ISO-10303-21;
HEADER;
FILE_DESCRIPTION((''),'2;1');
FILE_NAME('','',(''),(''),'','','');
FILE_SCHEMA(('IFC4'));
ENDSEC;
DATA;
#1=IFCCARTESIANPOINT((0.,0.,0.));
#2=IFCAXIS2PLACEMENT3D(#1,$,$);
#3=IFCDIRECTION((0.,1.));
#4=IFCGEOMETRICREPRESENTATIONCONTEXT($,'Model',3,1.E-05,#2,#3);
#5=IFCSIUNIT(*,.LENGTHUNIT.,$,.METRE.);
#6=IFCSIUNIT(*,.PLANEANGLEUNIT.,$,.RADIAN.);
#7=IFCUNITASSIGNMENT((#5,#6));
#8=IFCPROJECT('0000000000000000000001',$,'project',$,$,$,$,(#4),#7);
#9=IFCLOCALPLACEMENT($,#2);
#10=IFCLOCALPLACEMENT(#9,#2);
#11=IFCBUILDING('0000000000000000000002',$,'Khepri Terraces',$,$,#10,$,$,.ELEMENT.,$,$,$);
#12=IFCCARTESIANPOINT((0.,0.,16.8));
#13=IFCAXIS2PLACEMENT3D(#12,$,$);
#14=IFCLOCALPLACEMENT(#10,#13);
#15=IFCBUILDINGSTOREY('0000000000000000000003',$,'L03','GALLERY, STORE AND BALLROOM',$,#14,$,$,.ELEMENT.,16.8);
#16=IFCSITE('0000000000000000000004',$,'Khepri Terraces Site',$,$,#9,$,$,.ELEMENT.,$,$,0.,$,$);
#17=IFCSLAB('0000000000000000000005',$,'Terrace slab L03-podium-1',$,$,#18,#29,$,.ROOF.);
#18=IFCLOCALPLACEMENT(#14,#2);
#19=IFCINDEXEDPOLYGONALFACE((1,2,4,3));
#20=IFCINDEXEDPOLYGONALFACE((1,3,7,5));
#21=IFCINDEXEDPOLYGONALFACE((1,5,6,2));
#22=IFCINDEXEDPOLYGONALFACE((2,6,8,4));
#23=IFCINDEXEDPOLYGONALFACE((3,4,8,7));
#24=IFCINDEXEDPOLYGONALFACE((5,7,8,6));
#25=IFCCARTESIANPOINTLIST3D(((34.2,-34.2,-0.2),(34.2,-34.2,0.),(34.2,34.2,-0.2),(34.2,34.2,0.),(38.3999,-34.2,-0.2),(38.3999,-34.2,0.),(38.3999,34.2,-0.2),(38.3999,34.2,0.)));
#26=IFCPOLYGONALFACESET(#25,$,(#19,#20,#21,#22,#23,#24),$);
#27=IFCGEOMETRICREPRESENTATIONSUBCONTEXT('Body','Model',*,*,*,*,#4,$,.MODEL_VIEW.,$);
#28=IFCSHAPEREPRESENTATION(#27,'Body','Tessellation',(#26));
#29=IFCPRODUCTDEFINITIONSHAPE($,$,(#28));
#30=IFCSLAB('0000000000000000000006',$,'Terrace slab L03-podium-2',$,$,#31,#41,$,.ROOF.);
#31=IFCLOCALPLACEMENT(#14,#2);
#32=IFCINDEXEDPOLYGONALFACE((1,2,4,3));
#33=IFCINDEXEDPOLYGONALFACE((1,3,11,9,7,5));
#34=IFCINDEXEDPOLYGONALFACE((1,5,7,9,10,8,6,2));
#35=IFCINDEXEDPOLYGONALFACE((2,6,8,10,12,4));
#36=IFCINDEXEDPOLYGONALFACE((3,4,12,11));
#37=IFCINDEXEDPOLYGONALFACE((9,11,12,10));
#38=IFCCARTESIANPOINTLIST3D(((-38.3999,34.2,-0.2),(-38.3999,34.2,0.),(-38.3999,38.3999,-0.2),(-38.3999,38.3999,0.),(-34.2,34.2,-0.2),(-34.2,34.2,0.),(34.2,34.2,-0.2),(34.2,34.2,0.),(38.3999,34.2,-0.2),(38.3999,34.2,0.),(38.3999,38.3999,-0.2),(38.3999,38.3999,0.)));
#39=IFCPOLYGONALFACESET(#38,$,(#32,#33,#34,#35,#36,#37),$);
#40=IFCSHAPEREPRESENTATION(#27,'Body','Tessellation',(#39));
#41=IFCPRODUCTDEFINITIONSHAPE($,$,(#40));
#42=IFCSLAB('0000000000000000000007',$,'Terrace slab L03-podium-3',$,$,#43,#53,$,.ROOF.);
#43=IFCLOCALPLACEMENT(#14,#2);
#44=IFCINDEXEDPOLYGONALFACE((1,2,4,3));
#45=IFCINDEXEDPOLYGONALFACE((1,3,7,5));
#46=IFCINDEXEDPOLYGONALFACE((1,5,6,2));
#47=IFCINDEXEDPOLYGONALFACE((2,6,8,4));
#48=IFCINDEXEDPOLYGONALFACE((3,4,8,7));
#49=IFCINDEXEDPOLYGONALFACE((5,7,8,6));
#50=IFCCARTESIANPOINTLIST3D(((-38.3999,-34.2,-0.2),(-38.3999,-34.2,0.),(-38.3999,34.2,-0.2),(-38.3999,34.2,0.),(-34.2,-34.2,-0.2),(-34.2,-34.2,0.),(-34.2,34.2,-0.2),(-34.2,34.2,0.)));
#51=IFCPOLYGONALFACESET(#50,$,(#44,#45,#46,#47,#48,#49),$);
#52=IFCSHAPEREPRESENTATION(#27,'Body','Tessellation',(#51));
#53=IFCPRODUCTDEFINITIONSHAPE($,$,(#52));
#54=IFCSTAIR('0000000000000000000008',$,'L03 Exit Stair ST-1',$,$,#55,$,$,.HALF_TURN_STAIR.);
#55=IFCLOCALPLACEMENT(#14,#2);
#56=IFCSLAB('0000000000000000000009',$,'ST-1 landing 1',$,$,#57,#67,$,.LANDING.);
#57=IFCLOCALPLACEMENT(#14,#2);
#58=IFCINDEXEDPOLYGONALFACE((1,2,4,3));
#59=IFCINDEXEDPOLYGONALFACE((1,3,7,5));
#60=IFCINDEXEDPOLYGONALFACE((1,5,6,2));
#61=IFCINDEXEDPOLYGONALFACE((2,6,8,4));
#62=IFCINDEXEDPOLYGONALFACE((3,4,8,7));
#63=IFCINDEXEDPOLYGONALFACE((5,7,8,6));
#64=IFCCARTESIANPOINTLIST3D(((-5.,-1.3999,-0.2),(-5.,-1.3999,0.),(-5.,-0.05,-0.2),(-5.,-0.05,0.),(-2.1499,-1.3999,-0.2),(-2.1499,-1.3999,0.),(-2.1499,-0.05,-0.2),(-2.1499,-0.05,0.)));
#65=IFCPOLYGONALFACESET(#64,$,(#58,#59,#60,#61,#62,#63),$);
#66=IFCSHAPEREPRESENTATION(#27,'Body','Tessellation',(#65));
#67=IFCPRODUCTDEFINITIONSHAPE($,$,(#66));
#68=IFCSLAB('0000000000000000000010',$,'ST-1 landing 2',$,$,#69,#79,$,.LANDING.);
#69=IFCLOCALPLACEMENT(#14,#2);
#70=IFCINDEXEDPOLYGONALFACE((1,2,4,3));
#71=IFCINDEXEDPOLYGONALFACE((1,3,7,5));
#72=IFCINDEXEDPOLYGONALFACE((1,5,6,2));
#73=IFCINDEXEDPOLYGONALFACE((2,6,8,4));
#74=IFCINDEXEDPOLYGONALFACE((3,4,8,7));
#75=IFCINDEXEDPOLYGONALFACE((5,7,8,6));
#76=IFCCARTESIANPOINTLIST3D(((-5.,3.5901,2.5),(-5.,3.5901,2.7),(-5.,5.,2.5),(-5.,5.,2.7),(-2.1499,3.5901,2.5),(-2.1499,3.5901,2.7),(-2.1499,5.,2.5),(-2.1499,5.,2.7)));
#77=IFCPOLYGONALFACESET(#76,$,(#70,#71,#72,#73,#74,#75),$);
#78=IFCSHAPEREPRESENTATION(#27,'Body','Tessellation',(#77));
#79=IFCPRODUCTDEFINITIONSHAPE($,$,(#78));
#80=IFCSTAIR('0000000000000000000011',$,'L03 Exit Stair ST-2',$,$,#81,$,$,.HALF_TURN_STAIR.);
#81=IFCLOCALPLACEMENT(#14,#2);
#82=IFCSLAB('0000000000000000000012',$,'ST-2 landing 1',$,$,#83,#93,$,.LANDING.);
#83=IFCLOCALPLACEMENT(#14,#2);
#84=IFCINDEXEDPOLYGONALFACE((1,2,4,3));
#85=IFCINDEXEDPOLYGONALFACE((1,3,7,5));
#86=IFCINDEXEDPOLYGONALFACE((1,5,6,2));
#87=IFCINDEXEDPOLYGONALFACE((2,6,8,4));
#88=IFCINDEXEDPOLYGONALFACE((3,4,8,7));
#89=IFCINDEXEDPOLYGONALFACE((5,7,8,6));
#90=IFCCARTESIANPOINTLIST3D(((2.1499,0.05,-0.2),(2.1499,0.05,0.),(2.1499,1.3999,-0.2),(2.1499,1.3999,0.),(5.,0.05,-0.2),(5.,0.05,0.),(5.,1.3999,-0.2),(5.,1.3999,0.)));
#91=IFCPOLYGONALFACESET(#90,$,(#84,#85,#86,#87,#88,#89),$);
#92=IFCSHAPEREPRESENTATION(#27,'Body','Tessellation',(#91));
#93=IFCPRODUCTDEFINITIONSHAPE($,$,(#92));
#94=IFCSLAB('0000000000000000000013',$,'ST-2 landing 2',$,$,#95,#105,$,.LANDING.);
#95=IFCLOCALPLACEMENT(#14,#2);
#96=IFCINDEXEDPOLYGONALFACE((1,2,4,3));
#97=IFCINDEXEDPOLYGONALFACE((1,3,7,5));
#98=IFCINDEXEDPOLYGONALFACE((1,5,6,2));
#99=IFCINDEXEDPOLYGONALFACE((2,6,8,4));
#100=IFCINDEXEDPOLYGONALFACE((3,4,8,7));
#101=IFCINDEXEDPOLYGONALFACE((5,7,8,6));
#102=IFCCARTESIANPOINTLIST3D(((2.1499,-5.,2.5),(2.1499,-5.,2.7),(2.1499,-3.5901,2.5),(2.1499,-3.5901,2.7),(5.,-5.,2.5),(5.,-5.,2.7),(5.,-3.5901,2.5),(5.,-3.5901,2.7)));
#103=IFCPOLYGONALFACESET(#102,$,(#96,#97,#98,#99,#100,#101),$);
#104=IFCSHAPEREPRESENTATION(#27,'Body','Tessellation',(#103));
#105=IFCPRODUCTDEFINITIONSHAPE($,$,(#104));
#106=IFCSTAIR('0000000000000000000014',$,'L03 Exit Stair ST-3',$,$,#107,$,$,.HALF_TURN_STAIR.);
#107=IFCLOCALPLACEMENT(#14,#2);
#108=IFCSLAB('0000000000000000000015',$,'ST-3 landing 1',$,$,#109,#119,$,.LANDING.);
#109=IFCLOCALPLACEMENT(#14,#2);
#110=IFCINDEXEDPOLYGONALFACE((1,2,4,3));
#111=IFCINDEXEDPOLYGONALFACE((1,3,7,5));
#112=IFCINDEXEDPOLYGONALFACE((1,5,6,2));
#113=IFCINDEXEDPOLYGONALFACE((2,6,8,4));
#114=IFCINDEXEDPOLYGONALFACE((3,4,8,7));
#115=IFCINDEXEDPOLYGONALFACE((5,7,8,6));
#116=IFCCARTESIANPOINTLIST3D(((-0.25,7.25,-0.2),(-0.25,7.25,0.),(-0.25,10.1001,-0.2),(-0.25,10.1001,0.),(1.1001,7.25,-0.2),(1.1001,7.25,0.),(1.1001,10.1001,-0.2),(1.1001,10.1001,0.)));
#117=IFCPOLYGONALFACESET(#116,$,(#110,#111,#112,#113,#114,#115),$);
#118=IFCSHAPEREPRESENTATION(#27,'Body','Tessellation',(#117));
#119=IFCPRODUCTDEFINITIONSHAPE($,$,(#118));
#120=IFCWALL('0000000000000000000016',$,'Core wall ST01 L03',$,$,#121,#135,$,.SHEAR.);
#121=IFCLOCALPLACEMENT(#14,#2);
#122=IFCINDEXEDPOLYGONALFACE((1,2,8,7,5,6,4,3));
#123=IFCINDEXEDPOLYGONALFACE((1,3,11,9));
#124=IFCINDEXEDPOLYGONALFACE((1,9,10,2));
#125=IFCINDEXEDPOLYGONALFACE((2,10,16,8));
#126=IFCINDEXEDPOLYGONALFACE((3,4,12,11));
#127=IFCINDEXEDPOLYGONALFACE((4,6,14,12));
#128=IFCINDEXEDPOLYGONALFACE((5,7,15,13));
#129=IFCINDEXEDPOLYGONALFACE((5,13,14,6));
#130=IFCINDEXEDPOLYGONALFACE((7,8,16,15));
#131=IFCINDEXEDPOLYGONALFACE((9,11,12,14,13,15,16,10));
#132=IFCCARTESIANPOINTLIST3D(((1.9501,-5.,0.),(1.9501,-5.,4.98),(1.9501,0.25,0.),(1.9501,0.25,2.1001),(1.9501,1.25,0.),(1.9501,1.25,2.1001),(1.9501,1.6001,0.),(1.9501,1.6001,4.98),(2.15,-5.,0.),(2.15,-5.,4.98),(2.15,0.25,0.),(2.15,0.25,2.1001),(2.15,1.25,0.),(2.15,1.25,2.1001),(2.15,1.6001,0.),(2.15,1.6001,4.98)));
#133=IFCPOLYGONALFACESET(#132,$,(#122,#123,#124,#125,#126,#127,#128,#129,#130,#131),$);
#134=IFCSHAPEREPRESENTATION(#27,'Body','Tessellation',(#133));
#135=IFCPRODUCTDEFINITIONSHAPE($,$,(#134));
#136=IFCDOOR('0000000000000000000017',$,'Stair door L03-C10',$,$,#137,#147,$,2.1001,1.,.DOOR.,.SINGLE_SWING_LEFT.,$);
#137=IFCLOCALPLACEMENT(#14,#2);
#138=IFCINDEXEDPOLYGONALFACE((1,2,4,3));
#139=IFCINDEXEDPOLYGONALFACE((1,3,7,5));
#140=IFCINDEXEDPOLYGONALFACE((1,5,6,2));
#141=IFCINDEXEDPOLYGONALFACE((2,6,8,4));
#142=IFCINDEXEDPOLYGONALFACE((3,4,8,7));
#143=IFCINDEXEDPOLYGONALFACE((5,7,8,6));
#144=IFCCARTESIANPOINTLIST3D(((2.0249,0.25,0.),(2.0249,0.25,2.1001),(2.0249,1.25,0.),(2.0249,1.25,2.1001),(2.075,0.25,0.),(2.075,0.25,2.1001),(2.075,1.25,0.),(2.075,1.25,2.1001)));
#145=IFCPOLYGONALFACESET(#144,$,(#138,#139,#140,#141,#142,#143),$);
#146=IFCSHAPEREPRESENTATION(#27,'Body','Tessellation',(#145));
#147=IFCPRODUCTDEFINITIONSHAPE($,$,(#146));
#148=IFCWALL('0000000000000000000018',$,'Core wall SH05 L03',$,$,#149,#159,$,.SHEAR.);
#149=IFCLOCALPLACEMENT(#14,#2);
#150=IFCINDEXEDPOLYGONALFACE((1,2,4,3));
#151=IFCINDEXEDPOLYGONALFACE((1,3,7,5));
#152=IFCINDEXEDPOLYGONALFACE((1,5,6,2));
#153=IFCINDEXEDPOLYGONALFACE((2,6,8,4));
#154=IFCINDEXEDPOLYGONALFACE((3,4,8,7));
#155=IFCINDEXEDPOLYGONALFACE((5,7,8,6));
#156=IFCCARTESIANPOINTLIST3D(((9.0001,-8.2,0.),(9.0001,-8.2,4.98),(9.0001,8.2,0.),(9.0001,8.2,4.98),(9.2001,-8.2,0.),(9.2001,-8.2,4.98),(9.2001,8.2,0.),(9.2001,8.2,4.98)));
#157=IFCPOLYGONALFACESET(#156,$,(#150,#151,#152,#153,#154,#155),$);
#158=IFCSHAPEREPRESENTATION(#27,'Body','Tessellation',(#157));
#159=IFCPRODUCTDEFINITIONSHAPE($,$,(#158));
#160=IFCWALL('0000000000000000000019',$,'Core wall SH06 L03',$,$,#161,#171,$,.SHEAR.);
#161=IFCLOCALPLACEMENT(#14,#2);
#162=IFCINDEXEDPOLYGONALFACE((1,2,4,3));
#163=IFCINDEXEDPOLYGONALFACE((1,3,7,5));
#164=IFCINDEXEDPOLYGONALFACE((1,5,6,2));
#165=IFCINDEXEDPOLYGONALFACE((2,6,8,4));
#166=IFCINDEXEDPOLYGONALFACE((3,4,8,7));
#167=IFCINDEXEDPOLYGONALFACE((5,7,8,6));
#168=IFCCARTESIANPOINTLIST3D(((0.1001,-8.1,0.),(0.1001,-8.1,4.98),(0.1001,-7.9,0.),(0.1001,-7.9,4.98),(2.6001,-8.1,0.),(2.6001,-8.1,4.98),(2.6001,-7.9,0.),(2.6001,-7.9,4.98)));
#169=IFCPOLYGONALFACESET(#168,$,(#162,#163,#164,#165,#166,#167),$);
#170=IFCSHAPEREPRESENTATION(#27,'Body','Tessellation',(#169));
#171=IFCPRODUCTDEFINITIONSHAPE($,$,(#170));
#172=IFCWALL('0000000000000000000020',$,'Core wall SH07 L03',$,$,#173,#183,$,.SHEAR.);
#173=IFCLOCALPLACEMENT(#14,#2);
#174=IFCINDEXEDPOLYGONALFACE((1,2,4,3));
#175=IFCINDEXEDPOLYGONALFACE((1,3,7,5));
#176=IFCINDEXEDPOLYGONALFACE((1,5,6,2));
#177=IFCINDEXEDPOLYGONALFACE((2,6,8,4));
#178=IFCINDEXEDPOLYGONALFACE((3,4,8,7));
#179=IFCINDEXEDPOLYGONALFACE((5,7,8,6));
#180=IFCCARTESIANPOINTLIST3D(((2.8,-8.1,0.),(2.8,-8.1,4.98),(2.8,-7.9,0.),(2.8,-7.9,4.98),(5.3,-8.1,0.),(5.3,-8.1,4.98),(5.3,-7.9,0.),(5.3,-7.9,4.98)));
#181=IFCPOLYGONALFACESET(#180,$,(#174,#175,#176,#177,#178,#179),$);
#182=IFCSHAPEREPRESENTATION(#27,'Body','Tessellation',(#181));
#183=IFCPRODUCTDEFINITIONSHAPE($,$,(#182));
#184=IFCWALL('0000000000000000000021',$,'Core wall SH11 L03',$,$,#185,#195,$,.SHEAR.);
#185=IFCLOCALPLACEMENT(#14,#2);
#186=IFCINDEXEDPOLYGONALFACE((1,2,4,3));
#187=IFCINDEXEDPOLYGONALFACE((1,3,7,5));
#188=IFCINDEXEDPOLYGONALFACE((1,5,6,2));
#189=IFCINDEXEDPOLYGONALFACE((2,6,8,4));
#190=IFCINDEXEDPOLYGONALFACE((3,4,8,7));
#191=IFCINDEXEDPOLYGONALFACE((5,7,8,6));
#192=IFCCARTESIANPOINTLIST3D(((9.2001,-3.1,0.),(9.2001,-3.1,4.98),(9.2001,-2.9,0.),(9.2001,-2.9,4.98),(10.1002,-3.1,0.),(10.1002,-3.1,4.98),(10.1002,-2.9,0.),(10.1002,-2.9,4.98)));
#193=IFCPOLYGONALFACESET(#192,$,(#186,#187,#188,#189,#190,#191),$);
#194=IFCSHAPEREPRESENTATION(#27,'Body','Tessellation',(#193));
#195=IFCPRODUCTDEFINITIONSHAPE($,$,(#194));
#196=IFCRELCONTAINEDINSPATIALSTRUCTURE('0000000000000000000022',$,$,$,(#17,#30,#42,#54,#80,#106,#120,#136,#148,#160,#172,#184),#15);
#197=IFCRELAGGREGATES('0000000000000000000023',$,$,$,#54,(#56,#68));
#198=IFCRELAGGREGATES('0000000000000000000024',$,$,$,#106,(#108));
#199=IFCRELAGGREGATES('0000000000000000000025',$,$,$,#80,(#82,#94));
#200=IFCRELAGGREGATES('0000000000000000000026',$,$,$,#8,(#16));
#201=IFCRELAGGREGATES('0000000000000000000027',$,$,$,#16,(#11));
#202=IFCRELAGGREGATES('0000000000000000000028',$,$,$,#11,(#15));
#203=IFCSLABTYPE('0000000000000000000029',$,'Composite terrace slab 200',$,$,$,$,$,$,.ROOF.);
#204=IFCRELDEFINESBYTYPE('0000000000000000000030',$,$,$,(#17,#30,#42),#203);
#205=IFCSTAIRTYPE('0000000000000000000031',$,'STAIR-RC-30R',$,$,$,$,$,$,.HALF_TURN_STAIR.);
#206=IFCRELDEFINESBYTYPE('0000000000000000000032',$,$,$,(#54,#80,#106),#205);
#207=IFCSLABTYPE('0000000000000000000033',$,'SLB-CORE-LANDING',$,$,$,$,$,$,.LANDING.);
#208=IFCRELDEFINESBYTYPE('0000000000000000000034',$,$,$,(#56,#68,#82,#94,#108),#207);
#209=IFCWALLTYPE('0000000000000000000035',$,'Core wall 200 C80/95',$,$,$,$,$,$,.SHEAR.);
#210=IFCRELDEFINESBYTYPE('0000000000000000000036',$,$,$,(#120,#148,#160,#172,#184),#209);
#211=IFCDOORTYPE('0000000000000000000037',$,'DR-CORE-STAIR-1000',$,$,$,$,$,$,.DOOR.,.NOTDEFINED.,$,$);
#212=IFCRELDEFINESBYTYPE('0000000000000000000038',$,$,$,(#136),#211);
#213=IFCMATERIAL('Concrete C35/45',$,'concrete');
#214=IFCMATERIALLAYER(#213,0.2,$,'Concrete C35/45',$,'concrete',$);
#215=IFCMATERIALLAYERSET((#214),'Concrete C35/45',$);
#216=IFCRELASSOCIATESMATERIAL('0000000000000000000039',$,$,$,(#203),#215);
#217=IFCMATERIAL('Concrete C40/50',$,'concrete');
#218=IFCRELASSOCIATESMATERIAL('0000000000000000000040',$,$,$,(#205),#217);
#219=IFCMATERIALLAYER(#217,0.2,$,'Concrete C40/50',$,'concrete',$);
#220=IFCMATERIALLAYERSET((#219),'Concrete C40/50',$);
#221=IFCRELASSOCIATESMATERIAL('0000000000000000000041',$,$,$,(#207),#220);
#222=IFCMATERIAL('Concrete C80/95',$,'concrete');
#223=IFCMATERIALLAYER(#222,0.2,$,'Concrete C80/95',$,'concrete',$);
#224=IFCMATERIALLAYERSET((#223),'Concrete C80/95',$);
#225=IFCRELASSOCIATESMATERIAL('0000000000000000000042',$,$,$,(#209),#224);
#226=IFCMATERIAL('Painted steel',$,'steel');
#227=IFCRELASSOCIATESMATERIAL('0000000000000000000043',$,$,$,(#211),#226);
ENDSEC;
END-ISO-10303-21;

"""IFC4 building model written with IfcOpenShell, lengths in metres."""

from ifc_helpers import new_model, si_unit, direction, frame, frame_2d, origin, place, context, subcontext, project, spatial, polyline, rectangle, outline, extrude, material, layer, layer_set, type_object, element, fill, aggregate, save


model = new_model("IFC4")

# Units and contexts
model_context = context("Model", 3, precision=1e-05, world=origin(), true_north=direction((0.0, 1.0)))
body_context = subcontext(model_context, "Body", "Model", "MODEL_VIEW")
ifc_project = project(units=[si_unit("LENGTHUNIT", "METRE"), si_unit("PLANEANGLEUNIT", "RADIAN")], contexts=[model_context])

# Site, building, storey
site_placement = place(None, origin())
site = spatial("IfcSite", under=ifc_project, at=site_placement, Name="Khepri Terraces Site", CompositionType="ELEMENT", RefElevation=0.0)
building_placement = place(site_placement, origin())
building = spatial("IfcBuilding", under=site, at=building_placement, Name="Khepri Terraces", CompositionType="ELEMENT")
storey_placement = place(building_placement, frame((0.0, 0.0, 16.8)))
storey = spatial("IfcBuildingStorey", under=building, at=storey_placement, Name="L03", Description="GALLERY, STORE AND BALLROOM", CompositionType="ELEMENT", Elevation=16.8)

# Slabs
ifc_material_1 = material(Name="Concrete C35/45", Category="concrete")
ifc_layer_1 = layer(ifc_material_1, 0.2, Name="Concrete C35/45", Category="concrete")
ifc_layer_set_1 = layer_set([ifc_layer_1], Name="Concrete C35/45")
slab_type_1 = type_object("IfcSlabType", Name="Composite terrace slab 200", PredefinedType="ROOF", material=ifc_layer_set_1)
slab_1_placement = place(storey_placement, frame((0.0, 0.0, -0.2)))
element("IfcSlab", 1, at=slab_1_placement, inside=storey, type_object=slab_type_1, Name="Terrace slab L03-podium-1", PredefinedType="ROOF", context=body_context, shape_type="SweptSolid", body=[
    extrude(outline(polyline([(38.3999, -34.2), (34.2, -34.2), (34.2, 34.2), (38.3999, 34.2), (38.3999, -34.2)])), origin(), (0.0, 0.0, 1.0), 0.2),
])
slab_2_placement = place(storey_placement, frame((0.0, 0.0, -0.2)))
element("IfcSlab", 2, at=slab_2_placement, inside=storey, type_object=slab_type_1, Name="Terrace slab L03-podium-2", PredefinedType="ROOF", context=body_context, shape_type="SweptSolid", body=[
    extrude(outline(polyline([(38.3999, 38.3999), (38.3999, 34.2), (34.2, 34.2), (-34.2, 34.2), (-38.3999, 34.2), (-38.3999, 38.3999), (38.3999, 38.3999)])), origin(), (0.0, 0.0, 1.0), 0.2),
])
slab_3_placement = place(storey_placement, frame((0.0, 0.0, -0.2)))
element("IfcSlab", 3, at=slab_3_placement, inside=storey, type_object=slab_type_1, Name="Terrace slab L03-podium-3", PredefinedType="ROOF", context=body_context, shape_type="SweptSolid", body=[
    extrude(outline(polyline([(-38.3999, 34.2), (-34.2, 34.2), (-34.2, -34.2), (-38.3999, -34.2), (-38.3999, 34.2)])), origin(), (0.0, 0.0, 1.0), 0.2),
])

# Stairs, slabs
ifc_material_2 = material(Name="Concrete C40/50", Category="concrete")
stair_type = type_object("IfcStairType", Name="STAIR-RC-30R", PredefinedType="HALF_TURN_STAIR", material=ifc_material_2)
stair_1_placement = place(storey_placement, origin())
stair_1 = element("IfcStair", 4, at=stair_1_placement, inside=storey, type_object=stair_type, Name="L03 Exit Stair ST-1", PredefinedType="HALF_TURN_STAIR")
ifc_layer_2 = layer(ifc_material_2, 0.2, Name="Concrete C40/50", Category="concrete")
ifc_layer_set_2 = layer_set([ifc_layer_2], Name="Concrete C40/50")
slab_type_2 = type_object("IfcSlabType", Name="SLB-CORE-LANDING", PredefinedType="LANDING", material=ifc_layer_set_2)
slab_4_placement = place(storey_placement, frame((0.0, 0.0, -0.2)))
slab_4 = element("IfcSlab", 5, at=slab_4_placement, type_object=slab_type_2, Name="ST-1 landing 1", PredefinedType="LANDING", context=body_context, shape_type="SweptSolid", body=[
    extrude(outline(polyline([(-2.1499, -1.3999), (-2.1499, -0.05), (-5.0, -0.05), (-5.0, -1.3999), (-2.1499, -1.3999)])), origin(), (0.0, 0.0, 1.0), 0.2),
])
slab_5_placement = place(storey_placement, frame((0.0, 0.0, 2.5)))
slab_5 = element("IfcSlab", 6, at=slab_5_placement, type_object=slab_type_2, Name="ST-1 landing 2", PredefinedType="LANDING", context=body_context, shape_type="SweptSolid", body=[
    extrude(outline(polyline([(-2.1499, 3.5901), (-2.1499, 5.0), (-5.0, 5.0), (-5.0, 3.5901), (-2.1499, 3.5901)])), origin(), (0.0, 0.0, 1.0), 0.2),
])
aggregate(stair_1, [slab_4, slab_5])
stair_2_placement = place(storey_placement, origin())
stair_2 = element("IfcStair", 7, at=stair_2_placement, inside=storey, type_object=stair_type, Name="L03 Exit Stair ST-2", PredefinedType="HALF_TURN_STAIR")
slab_6_placement = place(storey_placement, frame((0.0, 0.0, -0.2)))
slab_6 = element("IfcSlab", 8, at=slab_6_placement, type_object=slab_type_2, Name="ST-2 landing 1", PredefinedType="LANDING", context=body_context, shape_type="SweptSolid", body=[
    extrude(outline(polyline([(2.1499, 1.3999), (2.1499, 0.05), (5.0, 0.05), (5.0, 1.3999), (2.1499, 1.3999)])), origin(), (0.0, 0.0, 1.0), 0.2),
])
slab_7_placement = place(storey_placement, frame((0.0, 0.0, 2.5)))
slab_7 = element("IfcSlab", 9, at=slab_7_placement, type_object=slab_type_2, Name="ST-2 landing 2", PredefinedType="LANDING", context=body_context, shape_type="SweptSolid", body=[
    extrude(outline(polyline([(2.1499, -3.5901), (2.1499, -5.0), (5.0, -5.0), (5.0, -3.5901), (2.1499, -3.5901)])), origin(), (0.0, 0.0, 1.0), 0.2),
])

# Stair, slab
stair_3_placement = place(storey_placement, origin())
stair_3 = element("IfcStair", 10, at=stair_3_placement, inside=storey, type_object=stair_type, Name="L03 Exit Stair ST-3", PredefinedType="HALF_TURN_STAIR")
slab_8_placement = place(storey_placement, frame((0.0, 0.0, -0.2)))
slab_8 = element("IfcSlab", 11, at=slab_8_placement, type_object=slab_type_2, Name="ST-3 landing 1", PredefinedType="LANDING", context=body_context, shape_type="SweptSolid", body=[
    extrude(outline(polyline([(1.1001, 10.1001), (-0.25, 10.1001), (-0.25, 7.25), (1.1001, 7.25), (1.1001, 10.1001)])), origin(), (0.0, 0.0, 1.0), 0.2),
])
aggregate(stair_3, [slab_8])

# Wall, opening, door
ifc_material_3 = material(Name="Concrete C80/95", Category="concrete")
ifc_layer_3 = layer(ifc_material_3, 0.2, Name="Concrete C80/95", Category="concrete")
ifc_layer_set_3 = layer_set([ifc_layer_3], Name="Concrete C80/95")
wall_type_1 = type_object("IfcWallType", Name="Core wall 200 C80/95", PredefinedType="SHEAR", material=ifc_layer_set_3)
wall_1_placement = place(storey_placement, frame((2.05, -5.0, 0.0), z_axis=(0.0, 0.0, 1.0), x_axis=(0.0, 1.0, 0.0)))
wall_1 = element("IfcWall", 12, at=wall_1_placement, inside=storey, type_object=wall_type_1, Name="Core wall ST01 L03", PredefinedType="SHEAR", context=body_context, shape_type="SweptSolid", body=[
    extrude(rectangle(XDim=6.6001, YDim=0.2, at=frame_2d((3.3, 0.0))), origin(), (0.0, 0.0, 1.0), 4.98),
])
opening_1_placement = place(wall_1_placement, frame((5.25, 0.0, 0.0)))
opening_1 = element("IfcOpeningElement", 13, at=opening_1_placement, cuts=wall_1, PredefinedType="OPENING", context=body_context, shape_type="SweptSolid", body=[
    extrude(rectangle(XDim=1.0, YDim=2.1001, at=frame_2d((0.5, 1.05))), frame((0.0, 0.1099, 0.0), z_axis=(0.0, -1.0, 0.0), x_axis=(1.0, 0.0, 0.0)), (0.0, 0.0, 1.0), 0.22),
])
ifc_material_4 = material(Name="Painted steel", Category="steel")
door_type_1 = type_object("IfcDoorType", Name="DR-CORE-STAIR-1000", OperationType="NOTDEFINED", PredefinedType="DOOR", material=ifc_material_4)
door_1_placement = place(opening_1_placement, frame((1.0, 0.0, 0.0), z_axis=(0.0, 0.0, 1.0), x_axis=(-1.0, 0.0, 0.0)))
door_1 = element("IfcDoor", 14, at=door_1_placement, inside=storey, type_object=door_type_1, Name="Stair door L03-C10", OperationType="SINGLE_SWING_LEFT", OverallHeight=2.1001, OverallWidth=1.0, PredefinedType="DOOR", context=body_context, shape_type="SweptSolid", body=[
    extrude(rectangle(XDim=1.0, YDim=2.1001, at=frame_2d((0.5, 1.05))), frame((0.0, 0.0249, 0.0), z_axis=(0.0, -1.0, 0.0), x_axis=(1.0, 0.0, 0.0)), (0.0, 0.0, 1.0), 0.05),
])
fill(opening_1, door_1)

# Walls
wall_2_placement = place(storey_placement, frame((9.1001, -8.2, 0.0), z_axis=(0.0, 0.0, 1.0), x_axis=(0.0, 1.0, 0.0)))
element("IfcWall", 15, at=wall_2_placement, inside=storey, type_object=wall_type_1, Name="Core wall SH05 L03", PredefinedType="SHEAR", context=body_context, shape_type="SweptSolid", body=[
    extrude(rectangle(XDim=16.3999, YDim=0.2, at=frame_2d((8.2, 0.0))), origin(), (0.0, 0.0, 1.0), 4.98),
])
for number, where, z_axis, x_axis, name in (
    (16, (0.1001, -8.0, 0.0), (0.0, 0.0, 1.0), (1.0, 0.0, 0.0), "Core wall SH06 L03"),
    (17, (2.8, -8.0, 0.0), (0.0, 0.0, 1.0), (1.0, 0.0, 0.0), "Core wall SH07 L03"),
):
    element("IfcWall", number, at=place(storey_placement, frame(where, z_axis=z_axis, x_axis=x_axis)), inside=storey, type_object=wall_type_1, Name=name, PredefinedType="SHEAR", context=body_context, shape_type="SweptSolid", body=[
        extrude(rectangle(XDim=2.5, YDim=0.2, at=frame_2d((1.25, 0.0))), origin(), (0.0, 0.0, 1.0), 4.98),
    ])
wall_3_placement = place(storey_placement, frame((9.2, -3.0, 0.0), z_axis=(0.0, 0.0, 1.0), x_axis=(1.0, 0.0, 0.0)))
element("IfcWall", 18, at=wall_3_placement, inside=storey, type_object=wall_type_1, Name="Core wall SH11 L03", PredefinedType="SHEAR", context=body_context, shape_type="SweptSolid", body=[
    extrude(rectangle(XDim=0.9001, YDim=0.2, at=frame_2d((0.4502, 0.0))), origin(), (0.0, 0.0, 1.0), 4.98),
])

aggregate(stair_2, [slab_6, slab_7])

save(model, "model.ifc")
